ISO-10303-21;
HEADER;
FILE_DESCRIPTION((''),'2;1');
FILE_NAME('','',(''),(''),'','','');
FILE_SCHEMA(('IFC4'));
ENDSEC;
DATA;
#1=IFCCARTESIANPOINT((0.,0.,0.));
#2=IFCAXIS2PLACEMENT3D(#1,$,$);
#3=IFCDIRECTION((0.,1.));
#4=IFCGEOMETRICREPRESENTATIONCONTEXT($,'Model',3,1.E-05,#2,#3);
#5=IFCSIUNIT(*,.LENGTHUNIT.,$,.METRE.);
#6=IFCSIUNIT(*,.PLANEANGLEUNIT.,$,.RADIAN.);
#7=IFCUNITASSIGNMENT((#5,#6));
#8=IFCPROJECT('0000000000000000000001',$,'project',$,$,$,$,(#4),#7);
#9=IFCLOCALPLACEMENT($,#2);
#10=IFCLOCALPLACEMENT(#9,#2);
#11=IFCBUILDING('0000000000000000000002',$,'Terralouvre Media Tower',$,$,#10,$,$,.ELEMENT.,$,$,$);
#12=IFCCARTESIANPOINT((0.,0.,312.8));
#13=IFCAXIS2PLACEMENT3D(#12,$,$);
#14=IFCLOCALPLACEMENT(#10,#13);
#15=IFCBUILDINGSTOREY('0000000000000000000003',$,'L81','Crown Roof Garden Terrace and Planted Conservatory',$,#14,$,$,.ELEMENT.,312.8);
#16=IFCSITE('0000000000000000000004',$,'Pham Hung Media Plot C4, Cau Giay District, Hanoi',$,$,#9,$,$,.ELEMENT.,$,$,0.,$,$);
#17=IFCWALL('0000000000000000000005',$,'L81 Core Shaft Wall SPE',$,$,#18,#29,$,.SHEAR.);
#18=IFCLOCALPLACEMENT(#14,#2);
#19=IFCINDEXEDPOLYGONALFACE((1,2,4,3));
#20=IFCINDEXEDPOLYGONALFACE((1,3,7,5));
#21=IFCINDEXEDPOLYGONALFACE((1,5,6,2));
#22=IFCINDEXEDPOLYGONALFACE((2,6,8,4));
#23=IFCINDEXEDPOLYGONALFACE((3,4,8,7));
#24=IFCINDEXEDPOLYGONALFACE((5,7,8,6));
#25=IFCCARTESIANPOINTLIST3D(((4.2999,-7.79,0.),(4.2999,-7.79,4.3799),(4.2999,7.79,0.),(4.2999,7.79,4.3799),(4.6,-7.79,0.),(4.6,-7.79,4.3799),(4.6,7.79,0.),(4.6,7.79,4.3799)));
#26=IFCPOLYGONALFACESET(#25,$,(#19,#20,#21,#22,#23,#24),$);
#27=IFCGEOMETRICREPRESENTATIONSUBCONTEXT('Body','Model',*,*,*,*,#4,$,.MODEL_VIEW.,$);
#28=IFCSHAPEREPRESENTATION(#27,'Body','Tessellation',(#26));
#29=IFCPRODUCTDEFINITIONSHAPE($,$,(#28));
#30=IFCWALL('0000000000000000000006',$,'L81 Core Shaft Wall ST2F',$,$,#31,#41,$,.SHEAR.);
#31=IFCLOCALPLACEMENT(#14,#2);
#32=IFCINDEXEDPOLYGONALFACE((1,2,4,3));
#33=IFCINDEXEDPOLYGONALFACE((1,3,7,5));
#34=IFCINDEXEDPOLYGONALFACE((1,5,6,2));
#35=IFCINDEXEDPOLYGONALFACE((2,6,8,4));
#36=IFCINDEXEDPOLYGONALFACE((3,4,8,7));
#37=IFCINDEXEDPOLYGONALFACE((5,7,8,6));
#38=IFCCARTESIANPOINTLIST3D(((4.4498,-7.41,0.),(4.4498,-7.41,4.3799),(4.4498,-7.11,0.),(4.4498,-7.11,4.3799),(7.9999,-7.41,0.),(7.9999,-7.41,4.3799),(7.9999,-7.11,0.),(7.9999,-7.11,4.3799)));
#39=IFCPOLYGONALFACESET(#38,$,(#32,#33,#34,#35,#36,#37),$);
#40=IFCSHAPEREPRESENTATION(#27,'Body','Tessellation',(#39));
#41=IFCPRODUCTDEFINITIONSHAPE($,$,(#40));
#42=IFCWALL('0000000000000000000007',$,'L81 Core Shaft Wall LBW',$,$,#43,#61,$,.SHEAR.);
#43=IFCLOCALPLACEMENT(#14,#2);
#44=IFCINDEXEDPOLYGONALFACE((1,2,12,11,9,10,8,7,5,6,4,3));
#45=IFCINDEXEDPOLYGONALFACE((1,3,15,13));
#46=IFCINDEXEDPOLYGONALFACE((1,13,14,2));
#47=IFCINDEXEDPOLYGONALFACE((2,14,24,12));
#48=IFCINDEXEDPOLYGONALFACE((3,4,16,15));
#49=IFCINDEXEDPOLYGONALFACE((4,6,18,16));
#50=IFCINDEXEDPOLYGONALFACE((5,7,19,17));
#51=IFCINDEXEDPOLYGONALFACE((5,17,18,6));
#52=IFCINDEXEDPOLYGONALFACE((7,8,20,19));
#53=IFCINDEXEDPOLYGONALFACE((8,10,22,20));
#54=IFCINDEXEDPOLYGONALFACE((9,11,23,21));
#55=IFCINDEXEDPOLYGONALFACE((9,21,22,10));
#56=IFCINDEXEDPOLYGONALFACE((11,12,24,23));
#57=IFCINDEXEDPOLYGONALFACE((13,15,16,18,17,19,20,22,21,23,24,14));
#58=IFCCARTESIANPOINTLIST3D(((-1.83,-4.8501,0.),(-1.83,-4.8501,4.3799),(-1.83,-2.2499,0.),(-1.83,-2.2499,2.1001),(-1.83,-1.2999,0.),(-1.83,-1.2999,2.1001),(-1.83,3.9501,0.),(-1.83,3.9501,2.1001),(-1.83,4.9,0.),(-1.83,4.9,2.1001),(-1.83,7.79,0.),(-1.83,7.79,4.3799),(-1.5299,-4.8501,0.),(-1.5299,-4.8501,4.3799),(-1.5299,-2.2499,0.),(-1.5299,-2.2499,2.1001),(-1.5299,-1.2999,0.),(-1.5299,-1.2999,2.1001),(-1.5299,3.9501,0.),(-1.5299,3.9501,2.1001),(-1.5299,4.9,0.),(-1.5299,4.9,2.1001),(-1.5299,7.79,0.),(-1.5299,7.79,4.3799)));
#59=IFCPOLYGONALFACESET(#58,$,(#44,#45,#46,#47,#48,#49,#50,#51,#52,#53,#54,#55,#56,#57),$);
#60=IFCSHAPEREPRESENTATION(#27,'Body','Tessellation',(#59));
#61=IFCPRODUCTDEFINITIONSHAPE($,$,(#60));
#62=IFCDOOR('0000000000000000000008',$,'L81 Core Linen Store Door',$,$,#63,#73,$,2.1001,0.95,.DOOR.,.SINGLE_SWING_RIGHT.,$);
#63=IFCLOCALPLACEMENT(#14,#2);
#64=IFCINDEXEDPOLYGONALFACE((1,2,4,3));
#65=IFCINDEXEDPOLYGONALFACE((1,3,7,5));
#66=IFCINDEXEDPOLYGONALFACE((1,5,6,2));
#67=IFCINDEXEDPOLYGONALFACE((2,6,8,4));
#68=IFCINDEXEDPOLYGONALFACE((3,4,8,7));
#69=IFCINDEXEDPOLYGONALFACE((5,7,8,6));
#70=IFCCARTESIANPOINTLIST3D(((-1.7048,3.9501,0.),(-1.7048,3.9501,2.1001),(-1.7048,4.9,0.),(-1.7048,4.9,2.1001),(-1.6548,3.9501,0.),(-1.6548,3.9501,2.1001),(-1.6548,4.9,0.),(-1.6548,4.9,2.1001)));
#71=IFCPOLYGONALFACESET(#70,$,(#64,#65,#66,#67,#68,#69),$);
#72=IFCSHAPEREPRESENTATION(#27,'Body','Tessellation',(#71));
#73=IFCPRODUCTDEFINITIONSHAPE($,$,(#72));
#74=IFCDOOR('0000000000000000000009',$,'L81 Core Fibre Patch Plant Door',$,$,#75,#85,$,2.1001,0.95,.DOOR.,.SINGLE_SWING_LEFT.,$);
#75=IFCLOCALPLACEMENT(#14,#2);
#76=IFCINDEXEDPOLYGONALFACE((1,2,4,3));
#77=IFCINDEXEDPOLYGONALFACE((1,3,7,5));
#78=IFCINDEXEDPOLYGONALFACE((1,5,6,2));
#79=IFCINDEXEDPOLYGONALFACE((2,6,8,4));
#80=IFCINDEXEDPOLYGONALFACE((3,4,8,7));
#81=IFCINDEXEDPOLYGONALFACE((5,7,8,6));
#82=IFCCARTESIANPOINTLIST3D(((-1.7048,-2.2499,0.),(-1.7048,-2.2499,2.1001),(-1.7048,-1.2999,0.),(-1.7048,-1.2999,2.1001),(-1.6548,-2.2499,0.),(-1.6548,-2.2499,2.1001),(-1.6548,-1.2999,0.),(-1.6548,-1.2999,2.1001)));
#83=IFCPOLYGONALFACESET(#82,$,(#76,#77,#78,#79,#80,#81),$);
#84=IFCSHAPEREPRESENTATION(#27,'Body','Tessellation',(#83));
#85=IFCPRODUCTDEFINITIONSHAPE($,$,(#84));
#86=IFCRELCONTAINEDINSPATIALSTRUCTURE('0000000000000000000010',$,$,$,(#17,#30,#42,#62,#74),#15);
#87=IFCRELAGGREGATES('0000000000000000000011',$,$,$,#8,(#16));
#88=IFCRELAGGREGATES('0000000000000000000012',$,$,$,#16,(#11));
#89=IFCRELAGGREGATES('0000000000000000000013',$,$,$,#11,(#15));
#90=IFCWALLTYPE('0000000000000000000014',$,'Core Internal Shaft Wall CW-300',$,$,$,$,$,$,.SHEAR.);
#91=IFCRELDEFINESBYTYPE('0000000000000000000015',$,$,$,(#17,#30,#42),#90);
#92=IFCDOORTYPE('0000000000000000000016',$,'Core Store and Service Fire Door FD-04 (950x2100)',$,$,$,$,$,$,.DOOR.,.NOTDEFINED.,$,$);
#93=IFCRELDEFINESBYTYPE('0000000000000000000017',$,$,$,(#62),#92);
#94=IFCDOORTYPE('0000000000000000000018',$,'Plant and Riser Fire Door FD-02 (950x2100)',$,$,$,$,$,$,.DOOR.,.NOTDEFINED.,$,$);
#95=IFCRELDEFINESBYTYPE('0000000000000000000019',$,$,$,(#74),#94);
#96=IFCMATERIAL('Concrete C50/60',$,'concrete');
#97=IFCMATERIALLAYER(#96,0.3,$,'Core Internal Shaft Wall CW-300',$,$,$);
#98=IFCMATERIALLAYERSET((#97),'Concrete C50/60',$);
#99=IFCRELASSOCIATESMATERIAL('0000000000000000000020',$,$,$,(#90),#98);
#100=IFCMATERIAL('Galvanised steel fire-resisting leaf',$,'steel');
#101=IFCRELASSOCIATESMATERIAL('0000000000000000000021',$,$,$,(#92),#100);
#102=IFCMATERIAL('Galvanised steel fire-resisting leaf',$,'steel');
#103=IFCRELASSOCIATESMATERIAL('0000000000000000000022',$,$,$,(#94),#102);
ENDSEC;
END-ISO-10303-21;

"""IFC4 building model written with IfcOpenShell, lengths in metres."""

from ifc_helpers import new_model, si_unit, direction, frame, frame_2d, origin, place, context, subcontext, project, spatial, rectangle, extrude, material, layer, layer_set, type_object, element, fill, save


model = new_model("IFC4")

# Units and contexts
model_context = context("Model", 3, precision=1e-05, world=origin(), true_north=direction((0.0, 1.0)))
body_context = subcontext(model_context, "Body", "Model", "MODEL_VIEW")
ifc_project = project(units=[si_unit("LENGTHUNIT", "METRE"), si_unit("PLANEANGLEUNIT", "RADIAN")], contexts=[model_context])

# Site, building, storey
site_placement = place(None, origin())
site = spatial("IfcSite", under=ifc_project, at=site_placement, Name="Pham Hung Media Plot C4, Cau Giay District, Hanoi", CompositionType="ELEMENT", RefElevation=0.0)
building_placement = place(site_placement, origin())
building = spatial("IfcBuilding", under=site, at=building_placement, Name="Terralouvre Media Tower", CompositionType="ELEMENT")
storey_placement = place(building_placement, frame((0.0, 0.0, 312.8)))
storey = spatial("IfcBuildingStorey", under=building, at=storey_placement, Name="L81", Description="Crown Roof Garden Terrace and Planted Conservatory", CompositionType="ELEMENT", Elevation=312.8)

# Walls
ifc_material_1 = material(Name="Concrete C50/60", Category="concrete")
ifc_layer_1 = layer(ifc_material_1, 0.3, Name="Core Internal Shaft Wall CW-300")
ifc_layer_set_1 = layer_set([ifc_layer_1], Name="Concrete C50/60")
wall_type_1 = type_object("IfcWallType", Name="Core Internal Shaft Wall CW-300", PredefinedType="SHEAR", material=ifc_layer_set_1)
wall_1_placement = place(storey_placement, frame((4.45, -7.79, 0.0), z_axis=(0.0, 0.0, 1.0), x_axis=(0.0, 1.0, 0.0)))
element("IfcWall", 1, at=wall_1_placement, inside=storey, type_object=wall_type_1, Name="L81 Core Shaft Wall SPE", PredefinedType="SHEAR", context=body_context, shape_type="SweptSolid", body=[
    extrude(rectangle(XDim=15.5801, YDim=0.3, at=frame_2d((7.79, 0.0))), origin(), (0.0, 0.0, 1.0), 4.3799),
])
wall_2_placement = place(storey_placement, frame((4.45, -7.26, 0.0), z_axis=(0.0, 0.0, 1.0), x_axis=(1.0, 0.0, 0.0)))
element("IfcWall", 2, at=wall_2_placement, inside=storey, type_object=wall_type_1, Name="L81 Core Shaft Wall ST2F", PredefinedType="SHEAR", context=body_context, shape_type="SweptSolid", body=[
    extrude(rectangle(XDim=3.55, YDim=0.3, at=frame_2d((1.7749, 0.0))), origin(), (0.0, 0.0, 1.0), 4.3799),
])

# Wall, openings, doors
wall_3_placement = place(storey_placement, frame((-1.6799, -4.8501, 0.0), z_axis=(0.0, 0.0, 1.0), x_axis=(0.0, 1.0, 0.0)))
wall_3 = element("IfcWall", 3, at=wall_3_placement, inside=storey, type_object=wall_type_1, Name="L81 Core Shaft Wall LBW", PredefinedType="SHEAR", context=body_context, shape_type="SweptSolid", body=[
    extrude(rectangle(XDim=12.6401, YDim=0.3, at=frame_2d((6.3201, 0.0))), origin(), (0.0, 0.0, 1.0), 4.3799),
])
opening_1_placement = place(wall_3_placement, frame((2.6001, 0.0, 0.0)))
opening_1 = element("IfcOpeningElement", 4, at=opening_1_placement, cuts=wall_3, PredefinedType="OPENING", context=body_context, shape_type="SweptSolid", body=[
    extrude(rectangle(XDim=0.95, YDim=2.1001, at=frame_2d((0.4751, 1.05))), frame((0.0, 0.1599, 0.0), z_axis=(0.0, -1.0, 0.0), x_axis=(1.0, 0.0, 0.0)), (0.0, 0.0, 1.0), 0.3201),
])
opening_2_placement = place(wall_3_placement, frame((8.8, 0.0, 0.0)))
opening_2 = element("IfcOpeningElement", 5, at=opening_2_placement, cuts=wall_3, PredefinedType="OPENING", context=body_context, shape_type="SweptSolid", body=[
    extrude(rectangle(XDim=0.95, YDim=2.1001, at=frame_2d((0.4751, 1.05))), frame((0.0, 0.1599, 0.0), z_axis=(0.0, -1.0, 0.0), x_axis=(1.0, 0.0, 0.0)), (0.0, 0.0, 1.0), 0.3201),
])
ifc_material_2 = material(Name="Galvanised steel fire-resisting leaf", Category="steel")
door_type_1 = type_object("IfcDoorType", Name="Core Store and Service Fire Door FD-04 (950x2100)", OperationType="NOTDEFINED", PredefinedType="DOOR", material=ifc_material_2)
door_1_placement = place(opening_2_placement, origin())
door_1 = element("IfcDoor", 6, at=door_1_placement, inside=storey, type_object=door_type_1, Name="L81 Core Linen Store Door", OperationType="SINGLE_SWING_RIGHT", OverallHeight=2.1001, OverallWidth=0.95, PredefinedType="DOOR", context=body_context, shape_type="SweptSolid", body=[
    extrude(rectangle(XDim=0.95, YDim=2.1001, at=frame_2d((0.4751, 1.05))), frame((0.0, 0.0249, 0.0), z_axis=(0.0, -1.0, 0.0), x_axis=(1.0, 0.0, 0.0)), (0.0, 0.0, 1.0), 0.05),
])
fill(opening_2, door_1)
ifc_material_3 = material(Name="Galvanised steel fire-resisting leaf", Category="steel")
door_type_2 = type_object("IfcDoorType", Name="Plant and Riser Fire Door FD-02 (950x2100)", OperationType="NOTDEFINED", PredefinedType="DOOR", material=ifc_material_3)
door_2_placement = place(opening_1_placement, origin())
door_2 = element("IfcDoor", 7, at=door_2_placement, inside=storey, type_object=door_type_2, Name="L81 Core Fibre Patch Plant Door", OperationType="SINGLE_SWING_LEFT", OverallHeight=2.1001, OverallWidth=0.95, PredefinedType="DOOR", context=body_context, shape_type="SweptSolid", body=[
    extrude(rectangle(XDim=0.95, YDim=2.1001, at=frame_2d((0.4751, 1.05))), frame((0.0, 0.0249, 0.0), z_axis=(0.0, -1.0, 0.0), x_axis=(1.0, 0.0, 0.0)), (0.0, 0.0, 1.0), 0.05),
])
fill(opening_1, door_2)

save(model, "model.ifc")
